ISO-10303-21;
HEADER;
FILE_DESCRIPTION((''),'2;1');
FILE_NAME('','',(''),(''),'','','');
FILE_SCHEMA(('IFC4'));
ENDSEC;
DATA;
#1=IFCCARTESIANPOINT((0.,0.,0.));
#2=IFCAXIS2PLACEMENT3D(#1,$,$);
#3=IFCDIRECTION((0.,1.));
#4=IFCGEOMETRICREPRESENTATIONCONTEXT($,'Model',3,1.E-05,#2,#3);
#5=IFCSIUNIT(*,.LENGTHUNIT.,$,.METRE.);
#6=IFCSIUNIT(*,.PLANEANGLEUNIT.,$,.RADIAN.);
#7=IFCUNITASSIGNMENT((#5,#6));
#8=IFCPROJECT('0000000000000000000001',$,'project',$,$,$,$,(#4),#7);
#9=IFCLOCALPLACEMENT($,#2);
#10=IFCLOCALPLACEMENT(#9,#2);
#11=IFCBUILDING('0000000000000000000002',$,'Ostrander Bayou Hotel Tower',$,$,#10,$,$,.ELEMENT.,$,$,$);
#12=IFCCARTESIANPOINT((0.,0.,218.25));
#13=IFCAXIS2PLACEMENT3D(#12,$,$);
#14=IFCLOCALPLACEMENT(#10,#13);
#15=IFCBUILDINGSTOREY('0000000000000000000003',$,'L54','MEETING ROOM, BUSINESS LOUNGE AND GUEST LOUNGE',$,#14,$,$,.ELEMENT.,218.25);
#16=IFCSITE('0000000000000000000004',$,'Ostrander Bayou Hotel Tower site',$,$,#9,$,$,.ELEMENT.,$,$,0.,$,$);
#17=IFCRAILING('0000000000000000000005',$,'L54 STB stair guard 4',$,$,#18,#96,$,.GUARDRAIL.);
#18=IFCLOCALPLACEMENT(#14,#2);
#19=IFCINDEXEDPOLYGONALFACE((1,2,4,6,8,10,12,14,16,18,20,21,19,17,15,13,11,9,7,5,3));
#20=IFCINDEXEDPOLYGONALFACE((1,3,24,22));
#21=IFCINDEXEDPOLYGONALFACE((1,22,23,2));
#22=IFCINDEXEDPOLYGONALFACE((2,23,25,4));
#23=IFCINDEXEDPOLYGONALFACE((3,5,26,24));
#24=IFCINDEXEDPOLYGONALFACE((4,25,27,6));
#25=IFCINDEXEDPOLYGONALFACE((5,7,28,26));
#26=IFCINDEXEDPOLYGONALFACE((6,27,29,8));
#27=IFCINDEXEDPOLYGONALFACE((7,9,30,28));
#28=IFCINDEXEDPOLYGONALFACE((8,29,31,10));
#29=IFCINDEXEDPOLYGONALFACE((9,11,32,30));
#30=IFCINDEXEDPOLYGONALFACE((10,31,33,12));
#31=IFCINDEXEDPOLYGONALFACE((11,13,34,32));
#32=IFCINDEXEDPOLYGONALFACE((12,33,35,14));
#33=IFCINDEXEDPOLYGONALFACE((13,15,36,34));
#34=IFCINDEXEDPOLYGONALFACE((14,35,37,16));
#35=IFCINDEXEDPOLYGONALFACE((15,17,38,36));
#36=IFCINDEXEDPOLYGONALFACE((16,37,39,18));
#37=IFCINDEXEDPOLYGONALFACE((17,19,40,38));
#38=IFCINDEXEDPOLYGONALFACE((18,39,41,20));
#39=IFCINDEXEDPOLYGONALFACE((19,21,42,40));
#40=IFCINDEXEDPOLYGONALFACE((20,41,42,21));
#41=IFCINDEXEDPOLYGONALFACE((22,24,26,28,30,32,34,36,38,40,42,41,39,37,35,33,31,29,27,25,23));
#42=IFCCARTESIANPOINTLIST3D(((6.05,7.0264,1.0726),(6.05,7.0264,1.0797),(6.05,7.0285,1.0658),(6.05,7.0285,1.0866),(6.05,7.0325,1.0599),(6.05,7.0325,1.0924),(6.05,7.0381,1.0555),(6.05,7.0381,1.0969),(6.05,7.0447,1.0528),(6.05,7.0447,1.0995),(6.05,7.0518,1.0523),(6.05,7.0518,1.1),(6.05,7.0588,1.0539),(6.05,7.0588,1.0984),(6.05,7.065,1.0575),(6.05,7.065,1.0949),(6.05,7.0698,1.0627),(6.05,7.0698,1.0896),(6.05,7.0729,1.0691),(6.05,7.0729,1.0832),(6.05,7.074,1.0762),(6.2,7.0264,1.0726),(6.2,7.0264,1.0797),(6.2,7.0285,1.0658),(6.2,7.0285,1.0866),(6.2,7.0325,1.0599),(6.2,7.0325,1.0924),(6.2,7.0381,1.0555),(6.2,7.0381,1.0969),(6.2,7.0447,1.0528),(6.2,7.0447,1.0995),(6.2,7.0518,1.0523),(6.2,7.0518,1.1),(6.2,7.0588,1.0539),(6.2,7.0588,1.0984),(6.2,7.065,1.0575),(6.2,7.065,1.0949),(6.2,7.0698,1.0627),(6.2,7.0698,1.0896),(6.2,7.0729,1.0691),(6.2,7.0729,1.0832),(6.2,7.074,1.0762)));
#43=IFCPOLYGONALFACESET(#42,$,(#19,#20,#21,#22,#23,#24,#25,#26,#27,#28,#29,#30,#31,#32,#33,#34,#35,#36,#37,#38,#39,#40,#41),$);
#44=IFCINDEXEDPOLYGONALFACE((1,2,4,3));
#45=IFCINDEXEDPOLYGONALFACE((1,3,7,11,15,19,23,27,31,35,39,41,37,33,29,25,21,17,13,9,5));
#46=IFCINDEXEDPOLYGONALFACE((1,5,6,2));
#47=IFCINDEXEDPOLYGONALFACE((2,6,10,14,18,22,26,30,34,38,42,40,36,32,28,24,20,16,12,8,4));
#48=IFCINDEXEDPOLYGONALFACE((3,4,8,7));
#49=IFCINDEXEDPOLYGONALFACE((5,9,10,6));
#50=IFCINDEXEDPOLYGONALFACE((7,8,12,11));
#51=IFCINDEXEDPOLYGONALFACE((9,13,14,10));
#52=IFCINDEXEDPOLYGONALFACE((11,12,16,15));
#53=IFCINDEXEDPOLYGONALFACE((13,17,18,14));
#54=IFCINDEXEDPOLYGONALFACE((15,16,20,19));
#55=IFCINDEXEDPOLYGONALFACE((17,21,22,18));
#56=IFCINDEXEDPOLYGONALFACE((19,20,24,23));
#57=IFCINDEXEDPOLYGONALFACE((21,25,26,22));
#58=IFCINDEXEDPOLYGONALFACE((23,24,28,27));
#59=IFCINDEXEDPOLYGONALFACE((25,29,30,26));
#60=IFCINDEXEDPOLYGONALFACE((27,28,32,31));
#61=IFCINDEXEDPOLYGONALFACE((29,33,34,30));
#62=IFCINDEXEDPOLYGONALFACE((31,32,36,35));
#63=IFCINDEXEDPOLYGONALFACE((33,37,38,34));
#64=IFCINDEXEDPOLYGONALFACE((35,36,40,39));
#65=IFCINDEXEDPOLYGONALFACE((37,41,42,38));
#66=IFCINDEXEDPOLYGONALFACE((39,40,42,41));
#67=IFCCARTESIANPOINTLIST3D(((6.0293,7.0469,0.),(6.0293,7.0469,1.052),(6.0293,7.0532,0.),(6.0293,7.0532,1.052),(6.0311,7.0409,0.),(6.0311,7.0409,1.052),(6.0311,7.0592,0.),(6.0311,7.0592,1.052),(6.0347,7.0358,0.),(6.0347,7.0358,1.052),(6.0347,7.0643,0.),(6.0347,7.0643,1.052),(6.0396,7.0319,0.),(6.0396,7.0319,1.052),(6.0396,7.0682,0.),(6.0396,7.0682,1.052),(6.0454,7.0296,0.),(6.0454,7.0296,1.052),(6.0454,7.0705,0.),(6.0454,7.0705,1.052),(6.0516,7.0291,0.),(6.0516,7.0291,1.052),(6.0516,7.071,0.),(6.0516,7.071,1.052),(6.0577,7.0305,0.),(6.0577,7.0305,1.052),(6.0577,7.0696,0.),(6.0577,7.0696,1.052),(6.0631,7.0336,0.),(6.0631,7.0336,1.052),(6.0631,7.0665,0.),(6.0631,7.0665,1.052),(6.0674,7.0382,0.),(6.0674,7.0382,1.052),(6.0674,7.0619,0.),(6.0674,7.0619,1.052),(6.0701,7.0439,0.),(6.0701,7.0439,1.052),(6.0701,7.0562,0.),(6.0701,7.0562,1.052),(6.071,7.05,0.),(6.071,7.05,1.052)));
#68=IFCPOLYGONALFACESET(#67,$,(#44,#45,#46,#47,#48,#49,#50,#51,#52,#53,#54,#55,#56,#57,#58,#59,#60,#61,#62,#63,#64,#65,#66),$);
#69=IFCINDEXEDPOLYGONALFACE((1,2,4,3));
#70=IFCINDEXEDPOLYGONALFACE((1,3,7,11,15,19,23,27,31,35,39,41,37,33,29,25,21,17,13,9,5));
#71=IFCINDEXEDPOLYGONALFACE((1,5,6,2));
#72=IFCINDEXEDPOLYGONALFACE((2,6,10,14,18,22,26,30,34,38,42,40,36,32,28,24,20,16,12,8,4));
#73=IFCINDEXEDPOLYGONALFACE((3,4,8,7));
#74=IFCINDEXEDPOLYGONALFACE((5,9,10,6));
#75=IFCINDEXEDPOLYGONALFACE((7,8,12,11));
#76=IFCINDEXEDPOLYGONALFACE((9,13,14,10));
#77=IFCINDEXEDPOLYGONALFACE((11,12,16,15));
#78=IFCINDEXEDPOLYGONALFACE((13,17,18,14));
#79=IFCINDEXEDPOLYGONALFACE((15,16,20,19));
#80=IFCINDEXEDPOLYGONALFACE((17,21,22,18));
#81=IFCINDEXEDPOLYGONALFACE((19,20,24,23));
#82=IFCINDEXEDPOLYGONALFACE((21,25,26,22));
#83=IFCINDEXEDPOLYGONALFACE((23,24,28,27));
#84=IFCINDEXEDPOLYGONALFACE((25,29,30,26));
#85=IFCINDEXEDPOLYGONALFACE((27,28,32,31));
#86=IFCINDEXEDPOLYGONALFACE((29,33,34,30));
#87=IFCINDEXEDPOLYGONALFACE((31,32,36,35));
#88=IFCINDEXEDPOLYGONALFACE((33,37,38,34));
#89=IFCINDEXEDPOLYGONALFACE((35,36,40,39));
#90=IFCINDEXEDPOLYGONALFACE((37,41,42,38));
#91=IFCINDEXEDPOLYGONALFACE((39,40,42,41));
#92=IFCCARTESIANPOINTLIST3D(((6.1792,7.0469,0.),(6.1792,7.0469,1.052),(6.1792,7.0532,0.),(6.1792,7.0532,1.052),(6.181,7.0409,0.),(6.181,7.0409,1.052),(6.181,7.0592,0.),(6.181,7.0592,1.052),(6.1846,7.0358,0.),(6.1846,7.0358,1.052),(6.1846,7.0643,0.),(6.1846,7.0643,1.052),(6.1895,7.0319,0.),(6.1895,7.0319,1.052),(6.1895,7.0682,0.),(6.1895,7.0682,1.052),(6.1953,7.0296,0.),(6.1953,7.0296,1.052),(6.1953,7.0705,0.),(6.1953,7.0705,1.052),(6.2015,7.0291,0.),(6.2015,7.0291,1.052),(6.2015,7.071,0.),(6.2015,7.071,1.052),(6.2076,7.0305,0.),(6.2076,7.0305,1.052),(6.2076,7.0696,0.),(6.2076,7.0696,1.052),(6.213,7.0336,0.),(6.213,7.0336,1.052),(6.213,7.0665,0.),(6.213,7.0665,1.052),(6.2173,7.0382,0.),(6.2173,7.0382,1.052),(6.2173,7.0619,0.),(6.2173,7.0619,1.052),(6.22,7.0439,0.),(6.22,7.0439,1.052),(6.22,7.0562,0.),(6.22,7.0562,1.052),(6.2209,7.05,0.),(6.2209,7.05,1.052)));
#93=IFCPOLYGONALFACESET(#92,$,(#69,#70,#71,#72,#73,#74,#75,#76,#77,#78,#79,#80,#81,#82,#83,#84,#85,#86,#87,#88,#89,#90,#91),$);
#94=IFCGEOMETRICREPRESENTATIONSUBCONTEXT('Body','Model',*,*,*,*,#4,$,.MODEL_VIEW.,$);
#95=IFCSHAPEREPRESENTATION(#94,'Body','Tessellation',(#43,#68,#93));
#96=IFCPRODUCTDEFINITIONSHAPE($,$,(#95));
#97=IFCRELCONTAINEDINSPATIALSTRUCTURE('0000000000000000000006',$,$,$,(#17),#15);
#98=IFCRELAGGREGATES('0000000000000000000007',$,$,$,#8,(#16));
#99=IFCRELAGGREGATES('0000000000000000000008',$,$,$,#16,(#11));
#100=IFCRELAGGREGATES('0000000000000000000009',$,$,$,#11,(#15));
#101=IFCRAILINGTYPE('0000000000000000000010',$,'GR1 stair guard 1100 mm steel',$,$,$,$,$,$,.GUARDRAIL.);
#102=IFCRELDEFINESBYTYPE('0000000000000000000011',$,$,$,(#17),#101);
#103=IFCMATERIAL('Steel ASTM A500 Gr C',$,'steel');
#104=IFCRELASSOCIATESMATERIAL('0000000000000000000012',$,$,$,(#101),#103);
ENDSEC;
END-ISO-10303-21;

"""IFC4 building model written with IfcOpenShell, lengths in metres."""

from ifc_helpers import new_model, si_unit, direction, frame, origin, origin_2d, place, context, subcontext, project, spatial, circle, extrude, material, type_object, element, save


model = new_model("IFC4")

# Units and contexts
model_context = context("Model", 3, precision=1e-05, world=origin(), true_north=direction((0.0, 1.0)))
body_context = subcontext(model_context, "Body", "Model", "MODEL_VIEW")
ifc_project = project(units=[si_unit("LENGTHUNIT", "METRE"), si_unit("PLANEANGLEUNIT", "RADIAN")], contexts=[model_context])

# Site, building, storey
site_placement = place(None, origin())
site = spatial("IfcSite", under=ifc_project, at=site_placement, Name="Ostrander Bayou Hotel Tower site", CompositionType="ELEMENT", RefElevation=0.0)
building_placement = place(site_placement, origin())
building = spatial("IfcBuilding", under=site, at=building_placement, Name="Ostrander Bayou Hotel Tower", CompositionType="ELEMENT")
storey_placement = place(building_placement, frame((0.0, 0.0, 218.25)))
storey = spatial("IfcBuildingStorey", under=building, at=storey_placement, Name="L54", Description="MEETING ROOM, BUSINESS LOUNGE AND GUEST LOUNGE", CompositionType="ELEMENT", Elevation=218.25)

# Railing
ifc_material_1 = material(Name="Steel ASTM A500 Gr C", Category="steel")
railing_type_1 = type_object("IfcRailingType", Name="GR1 stair guard 1100 mm steel", PredefinedType="GUARDRAIL", material=ifc_material_1)
railing_1_placement = place(storey_placement, frame((6.05, 7.05, 0.0)))
element("IfcRailing", 1, at=railing_1_placement, inside=storey, type_object=railing_type_1, Name="L54 STB stair guard 4", PredefinedType="GUARDRAIL", context=body_context, shape_type="SweptSolid", body=[
    extrude(circle(Radius=0.0239, at=origin_2d()), frame((0.0, 0.0, 1.0762), z_axis=(1.0, 0.0, 0.0), x_axis=(0.0, 1.0, 0.0)), (0.0, 0.0, 1.0), 0.1499),
    extrude(circle(Radius=0.021, at=origin_2d()), origin(), (0.0, 0.0, 1.0), 1.052),
    extrude(circle(Radius=0.021, at=origin_2d()), frame((0.1499, 0.0, 0.0)), (0.0, 0.0, 1.0), 1.052),
])

save(model, "model.ifc")
